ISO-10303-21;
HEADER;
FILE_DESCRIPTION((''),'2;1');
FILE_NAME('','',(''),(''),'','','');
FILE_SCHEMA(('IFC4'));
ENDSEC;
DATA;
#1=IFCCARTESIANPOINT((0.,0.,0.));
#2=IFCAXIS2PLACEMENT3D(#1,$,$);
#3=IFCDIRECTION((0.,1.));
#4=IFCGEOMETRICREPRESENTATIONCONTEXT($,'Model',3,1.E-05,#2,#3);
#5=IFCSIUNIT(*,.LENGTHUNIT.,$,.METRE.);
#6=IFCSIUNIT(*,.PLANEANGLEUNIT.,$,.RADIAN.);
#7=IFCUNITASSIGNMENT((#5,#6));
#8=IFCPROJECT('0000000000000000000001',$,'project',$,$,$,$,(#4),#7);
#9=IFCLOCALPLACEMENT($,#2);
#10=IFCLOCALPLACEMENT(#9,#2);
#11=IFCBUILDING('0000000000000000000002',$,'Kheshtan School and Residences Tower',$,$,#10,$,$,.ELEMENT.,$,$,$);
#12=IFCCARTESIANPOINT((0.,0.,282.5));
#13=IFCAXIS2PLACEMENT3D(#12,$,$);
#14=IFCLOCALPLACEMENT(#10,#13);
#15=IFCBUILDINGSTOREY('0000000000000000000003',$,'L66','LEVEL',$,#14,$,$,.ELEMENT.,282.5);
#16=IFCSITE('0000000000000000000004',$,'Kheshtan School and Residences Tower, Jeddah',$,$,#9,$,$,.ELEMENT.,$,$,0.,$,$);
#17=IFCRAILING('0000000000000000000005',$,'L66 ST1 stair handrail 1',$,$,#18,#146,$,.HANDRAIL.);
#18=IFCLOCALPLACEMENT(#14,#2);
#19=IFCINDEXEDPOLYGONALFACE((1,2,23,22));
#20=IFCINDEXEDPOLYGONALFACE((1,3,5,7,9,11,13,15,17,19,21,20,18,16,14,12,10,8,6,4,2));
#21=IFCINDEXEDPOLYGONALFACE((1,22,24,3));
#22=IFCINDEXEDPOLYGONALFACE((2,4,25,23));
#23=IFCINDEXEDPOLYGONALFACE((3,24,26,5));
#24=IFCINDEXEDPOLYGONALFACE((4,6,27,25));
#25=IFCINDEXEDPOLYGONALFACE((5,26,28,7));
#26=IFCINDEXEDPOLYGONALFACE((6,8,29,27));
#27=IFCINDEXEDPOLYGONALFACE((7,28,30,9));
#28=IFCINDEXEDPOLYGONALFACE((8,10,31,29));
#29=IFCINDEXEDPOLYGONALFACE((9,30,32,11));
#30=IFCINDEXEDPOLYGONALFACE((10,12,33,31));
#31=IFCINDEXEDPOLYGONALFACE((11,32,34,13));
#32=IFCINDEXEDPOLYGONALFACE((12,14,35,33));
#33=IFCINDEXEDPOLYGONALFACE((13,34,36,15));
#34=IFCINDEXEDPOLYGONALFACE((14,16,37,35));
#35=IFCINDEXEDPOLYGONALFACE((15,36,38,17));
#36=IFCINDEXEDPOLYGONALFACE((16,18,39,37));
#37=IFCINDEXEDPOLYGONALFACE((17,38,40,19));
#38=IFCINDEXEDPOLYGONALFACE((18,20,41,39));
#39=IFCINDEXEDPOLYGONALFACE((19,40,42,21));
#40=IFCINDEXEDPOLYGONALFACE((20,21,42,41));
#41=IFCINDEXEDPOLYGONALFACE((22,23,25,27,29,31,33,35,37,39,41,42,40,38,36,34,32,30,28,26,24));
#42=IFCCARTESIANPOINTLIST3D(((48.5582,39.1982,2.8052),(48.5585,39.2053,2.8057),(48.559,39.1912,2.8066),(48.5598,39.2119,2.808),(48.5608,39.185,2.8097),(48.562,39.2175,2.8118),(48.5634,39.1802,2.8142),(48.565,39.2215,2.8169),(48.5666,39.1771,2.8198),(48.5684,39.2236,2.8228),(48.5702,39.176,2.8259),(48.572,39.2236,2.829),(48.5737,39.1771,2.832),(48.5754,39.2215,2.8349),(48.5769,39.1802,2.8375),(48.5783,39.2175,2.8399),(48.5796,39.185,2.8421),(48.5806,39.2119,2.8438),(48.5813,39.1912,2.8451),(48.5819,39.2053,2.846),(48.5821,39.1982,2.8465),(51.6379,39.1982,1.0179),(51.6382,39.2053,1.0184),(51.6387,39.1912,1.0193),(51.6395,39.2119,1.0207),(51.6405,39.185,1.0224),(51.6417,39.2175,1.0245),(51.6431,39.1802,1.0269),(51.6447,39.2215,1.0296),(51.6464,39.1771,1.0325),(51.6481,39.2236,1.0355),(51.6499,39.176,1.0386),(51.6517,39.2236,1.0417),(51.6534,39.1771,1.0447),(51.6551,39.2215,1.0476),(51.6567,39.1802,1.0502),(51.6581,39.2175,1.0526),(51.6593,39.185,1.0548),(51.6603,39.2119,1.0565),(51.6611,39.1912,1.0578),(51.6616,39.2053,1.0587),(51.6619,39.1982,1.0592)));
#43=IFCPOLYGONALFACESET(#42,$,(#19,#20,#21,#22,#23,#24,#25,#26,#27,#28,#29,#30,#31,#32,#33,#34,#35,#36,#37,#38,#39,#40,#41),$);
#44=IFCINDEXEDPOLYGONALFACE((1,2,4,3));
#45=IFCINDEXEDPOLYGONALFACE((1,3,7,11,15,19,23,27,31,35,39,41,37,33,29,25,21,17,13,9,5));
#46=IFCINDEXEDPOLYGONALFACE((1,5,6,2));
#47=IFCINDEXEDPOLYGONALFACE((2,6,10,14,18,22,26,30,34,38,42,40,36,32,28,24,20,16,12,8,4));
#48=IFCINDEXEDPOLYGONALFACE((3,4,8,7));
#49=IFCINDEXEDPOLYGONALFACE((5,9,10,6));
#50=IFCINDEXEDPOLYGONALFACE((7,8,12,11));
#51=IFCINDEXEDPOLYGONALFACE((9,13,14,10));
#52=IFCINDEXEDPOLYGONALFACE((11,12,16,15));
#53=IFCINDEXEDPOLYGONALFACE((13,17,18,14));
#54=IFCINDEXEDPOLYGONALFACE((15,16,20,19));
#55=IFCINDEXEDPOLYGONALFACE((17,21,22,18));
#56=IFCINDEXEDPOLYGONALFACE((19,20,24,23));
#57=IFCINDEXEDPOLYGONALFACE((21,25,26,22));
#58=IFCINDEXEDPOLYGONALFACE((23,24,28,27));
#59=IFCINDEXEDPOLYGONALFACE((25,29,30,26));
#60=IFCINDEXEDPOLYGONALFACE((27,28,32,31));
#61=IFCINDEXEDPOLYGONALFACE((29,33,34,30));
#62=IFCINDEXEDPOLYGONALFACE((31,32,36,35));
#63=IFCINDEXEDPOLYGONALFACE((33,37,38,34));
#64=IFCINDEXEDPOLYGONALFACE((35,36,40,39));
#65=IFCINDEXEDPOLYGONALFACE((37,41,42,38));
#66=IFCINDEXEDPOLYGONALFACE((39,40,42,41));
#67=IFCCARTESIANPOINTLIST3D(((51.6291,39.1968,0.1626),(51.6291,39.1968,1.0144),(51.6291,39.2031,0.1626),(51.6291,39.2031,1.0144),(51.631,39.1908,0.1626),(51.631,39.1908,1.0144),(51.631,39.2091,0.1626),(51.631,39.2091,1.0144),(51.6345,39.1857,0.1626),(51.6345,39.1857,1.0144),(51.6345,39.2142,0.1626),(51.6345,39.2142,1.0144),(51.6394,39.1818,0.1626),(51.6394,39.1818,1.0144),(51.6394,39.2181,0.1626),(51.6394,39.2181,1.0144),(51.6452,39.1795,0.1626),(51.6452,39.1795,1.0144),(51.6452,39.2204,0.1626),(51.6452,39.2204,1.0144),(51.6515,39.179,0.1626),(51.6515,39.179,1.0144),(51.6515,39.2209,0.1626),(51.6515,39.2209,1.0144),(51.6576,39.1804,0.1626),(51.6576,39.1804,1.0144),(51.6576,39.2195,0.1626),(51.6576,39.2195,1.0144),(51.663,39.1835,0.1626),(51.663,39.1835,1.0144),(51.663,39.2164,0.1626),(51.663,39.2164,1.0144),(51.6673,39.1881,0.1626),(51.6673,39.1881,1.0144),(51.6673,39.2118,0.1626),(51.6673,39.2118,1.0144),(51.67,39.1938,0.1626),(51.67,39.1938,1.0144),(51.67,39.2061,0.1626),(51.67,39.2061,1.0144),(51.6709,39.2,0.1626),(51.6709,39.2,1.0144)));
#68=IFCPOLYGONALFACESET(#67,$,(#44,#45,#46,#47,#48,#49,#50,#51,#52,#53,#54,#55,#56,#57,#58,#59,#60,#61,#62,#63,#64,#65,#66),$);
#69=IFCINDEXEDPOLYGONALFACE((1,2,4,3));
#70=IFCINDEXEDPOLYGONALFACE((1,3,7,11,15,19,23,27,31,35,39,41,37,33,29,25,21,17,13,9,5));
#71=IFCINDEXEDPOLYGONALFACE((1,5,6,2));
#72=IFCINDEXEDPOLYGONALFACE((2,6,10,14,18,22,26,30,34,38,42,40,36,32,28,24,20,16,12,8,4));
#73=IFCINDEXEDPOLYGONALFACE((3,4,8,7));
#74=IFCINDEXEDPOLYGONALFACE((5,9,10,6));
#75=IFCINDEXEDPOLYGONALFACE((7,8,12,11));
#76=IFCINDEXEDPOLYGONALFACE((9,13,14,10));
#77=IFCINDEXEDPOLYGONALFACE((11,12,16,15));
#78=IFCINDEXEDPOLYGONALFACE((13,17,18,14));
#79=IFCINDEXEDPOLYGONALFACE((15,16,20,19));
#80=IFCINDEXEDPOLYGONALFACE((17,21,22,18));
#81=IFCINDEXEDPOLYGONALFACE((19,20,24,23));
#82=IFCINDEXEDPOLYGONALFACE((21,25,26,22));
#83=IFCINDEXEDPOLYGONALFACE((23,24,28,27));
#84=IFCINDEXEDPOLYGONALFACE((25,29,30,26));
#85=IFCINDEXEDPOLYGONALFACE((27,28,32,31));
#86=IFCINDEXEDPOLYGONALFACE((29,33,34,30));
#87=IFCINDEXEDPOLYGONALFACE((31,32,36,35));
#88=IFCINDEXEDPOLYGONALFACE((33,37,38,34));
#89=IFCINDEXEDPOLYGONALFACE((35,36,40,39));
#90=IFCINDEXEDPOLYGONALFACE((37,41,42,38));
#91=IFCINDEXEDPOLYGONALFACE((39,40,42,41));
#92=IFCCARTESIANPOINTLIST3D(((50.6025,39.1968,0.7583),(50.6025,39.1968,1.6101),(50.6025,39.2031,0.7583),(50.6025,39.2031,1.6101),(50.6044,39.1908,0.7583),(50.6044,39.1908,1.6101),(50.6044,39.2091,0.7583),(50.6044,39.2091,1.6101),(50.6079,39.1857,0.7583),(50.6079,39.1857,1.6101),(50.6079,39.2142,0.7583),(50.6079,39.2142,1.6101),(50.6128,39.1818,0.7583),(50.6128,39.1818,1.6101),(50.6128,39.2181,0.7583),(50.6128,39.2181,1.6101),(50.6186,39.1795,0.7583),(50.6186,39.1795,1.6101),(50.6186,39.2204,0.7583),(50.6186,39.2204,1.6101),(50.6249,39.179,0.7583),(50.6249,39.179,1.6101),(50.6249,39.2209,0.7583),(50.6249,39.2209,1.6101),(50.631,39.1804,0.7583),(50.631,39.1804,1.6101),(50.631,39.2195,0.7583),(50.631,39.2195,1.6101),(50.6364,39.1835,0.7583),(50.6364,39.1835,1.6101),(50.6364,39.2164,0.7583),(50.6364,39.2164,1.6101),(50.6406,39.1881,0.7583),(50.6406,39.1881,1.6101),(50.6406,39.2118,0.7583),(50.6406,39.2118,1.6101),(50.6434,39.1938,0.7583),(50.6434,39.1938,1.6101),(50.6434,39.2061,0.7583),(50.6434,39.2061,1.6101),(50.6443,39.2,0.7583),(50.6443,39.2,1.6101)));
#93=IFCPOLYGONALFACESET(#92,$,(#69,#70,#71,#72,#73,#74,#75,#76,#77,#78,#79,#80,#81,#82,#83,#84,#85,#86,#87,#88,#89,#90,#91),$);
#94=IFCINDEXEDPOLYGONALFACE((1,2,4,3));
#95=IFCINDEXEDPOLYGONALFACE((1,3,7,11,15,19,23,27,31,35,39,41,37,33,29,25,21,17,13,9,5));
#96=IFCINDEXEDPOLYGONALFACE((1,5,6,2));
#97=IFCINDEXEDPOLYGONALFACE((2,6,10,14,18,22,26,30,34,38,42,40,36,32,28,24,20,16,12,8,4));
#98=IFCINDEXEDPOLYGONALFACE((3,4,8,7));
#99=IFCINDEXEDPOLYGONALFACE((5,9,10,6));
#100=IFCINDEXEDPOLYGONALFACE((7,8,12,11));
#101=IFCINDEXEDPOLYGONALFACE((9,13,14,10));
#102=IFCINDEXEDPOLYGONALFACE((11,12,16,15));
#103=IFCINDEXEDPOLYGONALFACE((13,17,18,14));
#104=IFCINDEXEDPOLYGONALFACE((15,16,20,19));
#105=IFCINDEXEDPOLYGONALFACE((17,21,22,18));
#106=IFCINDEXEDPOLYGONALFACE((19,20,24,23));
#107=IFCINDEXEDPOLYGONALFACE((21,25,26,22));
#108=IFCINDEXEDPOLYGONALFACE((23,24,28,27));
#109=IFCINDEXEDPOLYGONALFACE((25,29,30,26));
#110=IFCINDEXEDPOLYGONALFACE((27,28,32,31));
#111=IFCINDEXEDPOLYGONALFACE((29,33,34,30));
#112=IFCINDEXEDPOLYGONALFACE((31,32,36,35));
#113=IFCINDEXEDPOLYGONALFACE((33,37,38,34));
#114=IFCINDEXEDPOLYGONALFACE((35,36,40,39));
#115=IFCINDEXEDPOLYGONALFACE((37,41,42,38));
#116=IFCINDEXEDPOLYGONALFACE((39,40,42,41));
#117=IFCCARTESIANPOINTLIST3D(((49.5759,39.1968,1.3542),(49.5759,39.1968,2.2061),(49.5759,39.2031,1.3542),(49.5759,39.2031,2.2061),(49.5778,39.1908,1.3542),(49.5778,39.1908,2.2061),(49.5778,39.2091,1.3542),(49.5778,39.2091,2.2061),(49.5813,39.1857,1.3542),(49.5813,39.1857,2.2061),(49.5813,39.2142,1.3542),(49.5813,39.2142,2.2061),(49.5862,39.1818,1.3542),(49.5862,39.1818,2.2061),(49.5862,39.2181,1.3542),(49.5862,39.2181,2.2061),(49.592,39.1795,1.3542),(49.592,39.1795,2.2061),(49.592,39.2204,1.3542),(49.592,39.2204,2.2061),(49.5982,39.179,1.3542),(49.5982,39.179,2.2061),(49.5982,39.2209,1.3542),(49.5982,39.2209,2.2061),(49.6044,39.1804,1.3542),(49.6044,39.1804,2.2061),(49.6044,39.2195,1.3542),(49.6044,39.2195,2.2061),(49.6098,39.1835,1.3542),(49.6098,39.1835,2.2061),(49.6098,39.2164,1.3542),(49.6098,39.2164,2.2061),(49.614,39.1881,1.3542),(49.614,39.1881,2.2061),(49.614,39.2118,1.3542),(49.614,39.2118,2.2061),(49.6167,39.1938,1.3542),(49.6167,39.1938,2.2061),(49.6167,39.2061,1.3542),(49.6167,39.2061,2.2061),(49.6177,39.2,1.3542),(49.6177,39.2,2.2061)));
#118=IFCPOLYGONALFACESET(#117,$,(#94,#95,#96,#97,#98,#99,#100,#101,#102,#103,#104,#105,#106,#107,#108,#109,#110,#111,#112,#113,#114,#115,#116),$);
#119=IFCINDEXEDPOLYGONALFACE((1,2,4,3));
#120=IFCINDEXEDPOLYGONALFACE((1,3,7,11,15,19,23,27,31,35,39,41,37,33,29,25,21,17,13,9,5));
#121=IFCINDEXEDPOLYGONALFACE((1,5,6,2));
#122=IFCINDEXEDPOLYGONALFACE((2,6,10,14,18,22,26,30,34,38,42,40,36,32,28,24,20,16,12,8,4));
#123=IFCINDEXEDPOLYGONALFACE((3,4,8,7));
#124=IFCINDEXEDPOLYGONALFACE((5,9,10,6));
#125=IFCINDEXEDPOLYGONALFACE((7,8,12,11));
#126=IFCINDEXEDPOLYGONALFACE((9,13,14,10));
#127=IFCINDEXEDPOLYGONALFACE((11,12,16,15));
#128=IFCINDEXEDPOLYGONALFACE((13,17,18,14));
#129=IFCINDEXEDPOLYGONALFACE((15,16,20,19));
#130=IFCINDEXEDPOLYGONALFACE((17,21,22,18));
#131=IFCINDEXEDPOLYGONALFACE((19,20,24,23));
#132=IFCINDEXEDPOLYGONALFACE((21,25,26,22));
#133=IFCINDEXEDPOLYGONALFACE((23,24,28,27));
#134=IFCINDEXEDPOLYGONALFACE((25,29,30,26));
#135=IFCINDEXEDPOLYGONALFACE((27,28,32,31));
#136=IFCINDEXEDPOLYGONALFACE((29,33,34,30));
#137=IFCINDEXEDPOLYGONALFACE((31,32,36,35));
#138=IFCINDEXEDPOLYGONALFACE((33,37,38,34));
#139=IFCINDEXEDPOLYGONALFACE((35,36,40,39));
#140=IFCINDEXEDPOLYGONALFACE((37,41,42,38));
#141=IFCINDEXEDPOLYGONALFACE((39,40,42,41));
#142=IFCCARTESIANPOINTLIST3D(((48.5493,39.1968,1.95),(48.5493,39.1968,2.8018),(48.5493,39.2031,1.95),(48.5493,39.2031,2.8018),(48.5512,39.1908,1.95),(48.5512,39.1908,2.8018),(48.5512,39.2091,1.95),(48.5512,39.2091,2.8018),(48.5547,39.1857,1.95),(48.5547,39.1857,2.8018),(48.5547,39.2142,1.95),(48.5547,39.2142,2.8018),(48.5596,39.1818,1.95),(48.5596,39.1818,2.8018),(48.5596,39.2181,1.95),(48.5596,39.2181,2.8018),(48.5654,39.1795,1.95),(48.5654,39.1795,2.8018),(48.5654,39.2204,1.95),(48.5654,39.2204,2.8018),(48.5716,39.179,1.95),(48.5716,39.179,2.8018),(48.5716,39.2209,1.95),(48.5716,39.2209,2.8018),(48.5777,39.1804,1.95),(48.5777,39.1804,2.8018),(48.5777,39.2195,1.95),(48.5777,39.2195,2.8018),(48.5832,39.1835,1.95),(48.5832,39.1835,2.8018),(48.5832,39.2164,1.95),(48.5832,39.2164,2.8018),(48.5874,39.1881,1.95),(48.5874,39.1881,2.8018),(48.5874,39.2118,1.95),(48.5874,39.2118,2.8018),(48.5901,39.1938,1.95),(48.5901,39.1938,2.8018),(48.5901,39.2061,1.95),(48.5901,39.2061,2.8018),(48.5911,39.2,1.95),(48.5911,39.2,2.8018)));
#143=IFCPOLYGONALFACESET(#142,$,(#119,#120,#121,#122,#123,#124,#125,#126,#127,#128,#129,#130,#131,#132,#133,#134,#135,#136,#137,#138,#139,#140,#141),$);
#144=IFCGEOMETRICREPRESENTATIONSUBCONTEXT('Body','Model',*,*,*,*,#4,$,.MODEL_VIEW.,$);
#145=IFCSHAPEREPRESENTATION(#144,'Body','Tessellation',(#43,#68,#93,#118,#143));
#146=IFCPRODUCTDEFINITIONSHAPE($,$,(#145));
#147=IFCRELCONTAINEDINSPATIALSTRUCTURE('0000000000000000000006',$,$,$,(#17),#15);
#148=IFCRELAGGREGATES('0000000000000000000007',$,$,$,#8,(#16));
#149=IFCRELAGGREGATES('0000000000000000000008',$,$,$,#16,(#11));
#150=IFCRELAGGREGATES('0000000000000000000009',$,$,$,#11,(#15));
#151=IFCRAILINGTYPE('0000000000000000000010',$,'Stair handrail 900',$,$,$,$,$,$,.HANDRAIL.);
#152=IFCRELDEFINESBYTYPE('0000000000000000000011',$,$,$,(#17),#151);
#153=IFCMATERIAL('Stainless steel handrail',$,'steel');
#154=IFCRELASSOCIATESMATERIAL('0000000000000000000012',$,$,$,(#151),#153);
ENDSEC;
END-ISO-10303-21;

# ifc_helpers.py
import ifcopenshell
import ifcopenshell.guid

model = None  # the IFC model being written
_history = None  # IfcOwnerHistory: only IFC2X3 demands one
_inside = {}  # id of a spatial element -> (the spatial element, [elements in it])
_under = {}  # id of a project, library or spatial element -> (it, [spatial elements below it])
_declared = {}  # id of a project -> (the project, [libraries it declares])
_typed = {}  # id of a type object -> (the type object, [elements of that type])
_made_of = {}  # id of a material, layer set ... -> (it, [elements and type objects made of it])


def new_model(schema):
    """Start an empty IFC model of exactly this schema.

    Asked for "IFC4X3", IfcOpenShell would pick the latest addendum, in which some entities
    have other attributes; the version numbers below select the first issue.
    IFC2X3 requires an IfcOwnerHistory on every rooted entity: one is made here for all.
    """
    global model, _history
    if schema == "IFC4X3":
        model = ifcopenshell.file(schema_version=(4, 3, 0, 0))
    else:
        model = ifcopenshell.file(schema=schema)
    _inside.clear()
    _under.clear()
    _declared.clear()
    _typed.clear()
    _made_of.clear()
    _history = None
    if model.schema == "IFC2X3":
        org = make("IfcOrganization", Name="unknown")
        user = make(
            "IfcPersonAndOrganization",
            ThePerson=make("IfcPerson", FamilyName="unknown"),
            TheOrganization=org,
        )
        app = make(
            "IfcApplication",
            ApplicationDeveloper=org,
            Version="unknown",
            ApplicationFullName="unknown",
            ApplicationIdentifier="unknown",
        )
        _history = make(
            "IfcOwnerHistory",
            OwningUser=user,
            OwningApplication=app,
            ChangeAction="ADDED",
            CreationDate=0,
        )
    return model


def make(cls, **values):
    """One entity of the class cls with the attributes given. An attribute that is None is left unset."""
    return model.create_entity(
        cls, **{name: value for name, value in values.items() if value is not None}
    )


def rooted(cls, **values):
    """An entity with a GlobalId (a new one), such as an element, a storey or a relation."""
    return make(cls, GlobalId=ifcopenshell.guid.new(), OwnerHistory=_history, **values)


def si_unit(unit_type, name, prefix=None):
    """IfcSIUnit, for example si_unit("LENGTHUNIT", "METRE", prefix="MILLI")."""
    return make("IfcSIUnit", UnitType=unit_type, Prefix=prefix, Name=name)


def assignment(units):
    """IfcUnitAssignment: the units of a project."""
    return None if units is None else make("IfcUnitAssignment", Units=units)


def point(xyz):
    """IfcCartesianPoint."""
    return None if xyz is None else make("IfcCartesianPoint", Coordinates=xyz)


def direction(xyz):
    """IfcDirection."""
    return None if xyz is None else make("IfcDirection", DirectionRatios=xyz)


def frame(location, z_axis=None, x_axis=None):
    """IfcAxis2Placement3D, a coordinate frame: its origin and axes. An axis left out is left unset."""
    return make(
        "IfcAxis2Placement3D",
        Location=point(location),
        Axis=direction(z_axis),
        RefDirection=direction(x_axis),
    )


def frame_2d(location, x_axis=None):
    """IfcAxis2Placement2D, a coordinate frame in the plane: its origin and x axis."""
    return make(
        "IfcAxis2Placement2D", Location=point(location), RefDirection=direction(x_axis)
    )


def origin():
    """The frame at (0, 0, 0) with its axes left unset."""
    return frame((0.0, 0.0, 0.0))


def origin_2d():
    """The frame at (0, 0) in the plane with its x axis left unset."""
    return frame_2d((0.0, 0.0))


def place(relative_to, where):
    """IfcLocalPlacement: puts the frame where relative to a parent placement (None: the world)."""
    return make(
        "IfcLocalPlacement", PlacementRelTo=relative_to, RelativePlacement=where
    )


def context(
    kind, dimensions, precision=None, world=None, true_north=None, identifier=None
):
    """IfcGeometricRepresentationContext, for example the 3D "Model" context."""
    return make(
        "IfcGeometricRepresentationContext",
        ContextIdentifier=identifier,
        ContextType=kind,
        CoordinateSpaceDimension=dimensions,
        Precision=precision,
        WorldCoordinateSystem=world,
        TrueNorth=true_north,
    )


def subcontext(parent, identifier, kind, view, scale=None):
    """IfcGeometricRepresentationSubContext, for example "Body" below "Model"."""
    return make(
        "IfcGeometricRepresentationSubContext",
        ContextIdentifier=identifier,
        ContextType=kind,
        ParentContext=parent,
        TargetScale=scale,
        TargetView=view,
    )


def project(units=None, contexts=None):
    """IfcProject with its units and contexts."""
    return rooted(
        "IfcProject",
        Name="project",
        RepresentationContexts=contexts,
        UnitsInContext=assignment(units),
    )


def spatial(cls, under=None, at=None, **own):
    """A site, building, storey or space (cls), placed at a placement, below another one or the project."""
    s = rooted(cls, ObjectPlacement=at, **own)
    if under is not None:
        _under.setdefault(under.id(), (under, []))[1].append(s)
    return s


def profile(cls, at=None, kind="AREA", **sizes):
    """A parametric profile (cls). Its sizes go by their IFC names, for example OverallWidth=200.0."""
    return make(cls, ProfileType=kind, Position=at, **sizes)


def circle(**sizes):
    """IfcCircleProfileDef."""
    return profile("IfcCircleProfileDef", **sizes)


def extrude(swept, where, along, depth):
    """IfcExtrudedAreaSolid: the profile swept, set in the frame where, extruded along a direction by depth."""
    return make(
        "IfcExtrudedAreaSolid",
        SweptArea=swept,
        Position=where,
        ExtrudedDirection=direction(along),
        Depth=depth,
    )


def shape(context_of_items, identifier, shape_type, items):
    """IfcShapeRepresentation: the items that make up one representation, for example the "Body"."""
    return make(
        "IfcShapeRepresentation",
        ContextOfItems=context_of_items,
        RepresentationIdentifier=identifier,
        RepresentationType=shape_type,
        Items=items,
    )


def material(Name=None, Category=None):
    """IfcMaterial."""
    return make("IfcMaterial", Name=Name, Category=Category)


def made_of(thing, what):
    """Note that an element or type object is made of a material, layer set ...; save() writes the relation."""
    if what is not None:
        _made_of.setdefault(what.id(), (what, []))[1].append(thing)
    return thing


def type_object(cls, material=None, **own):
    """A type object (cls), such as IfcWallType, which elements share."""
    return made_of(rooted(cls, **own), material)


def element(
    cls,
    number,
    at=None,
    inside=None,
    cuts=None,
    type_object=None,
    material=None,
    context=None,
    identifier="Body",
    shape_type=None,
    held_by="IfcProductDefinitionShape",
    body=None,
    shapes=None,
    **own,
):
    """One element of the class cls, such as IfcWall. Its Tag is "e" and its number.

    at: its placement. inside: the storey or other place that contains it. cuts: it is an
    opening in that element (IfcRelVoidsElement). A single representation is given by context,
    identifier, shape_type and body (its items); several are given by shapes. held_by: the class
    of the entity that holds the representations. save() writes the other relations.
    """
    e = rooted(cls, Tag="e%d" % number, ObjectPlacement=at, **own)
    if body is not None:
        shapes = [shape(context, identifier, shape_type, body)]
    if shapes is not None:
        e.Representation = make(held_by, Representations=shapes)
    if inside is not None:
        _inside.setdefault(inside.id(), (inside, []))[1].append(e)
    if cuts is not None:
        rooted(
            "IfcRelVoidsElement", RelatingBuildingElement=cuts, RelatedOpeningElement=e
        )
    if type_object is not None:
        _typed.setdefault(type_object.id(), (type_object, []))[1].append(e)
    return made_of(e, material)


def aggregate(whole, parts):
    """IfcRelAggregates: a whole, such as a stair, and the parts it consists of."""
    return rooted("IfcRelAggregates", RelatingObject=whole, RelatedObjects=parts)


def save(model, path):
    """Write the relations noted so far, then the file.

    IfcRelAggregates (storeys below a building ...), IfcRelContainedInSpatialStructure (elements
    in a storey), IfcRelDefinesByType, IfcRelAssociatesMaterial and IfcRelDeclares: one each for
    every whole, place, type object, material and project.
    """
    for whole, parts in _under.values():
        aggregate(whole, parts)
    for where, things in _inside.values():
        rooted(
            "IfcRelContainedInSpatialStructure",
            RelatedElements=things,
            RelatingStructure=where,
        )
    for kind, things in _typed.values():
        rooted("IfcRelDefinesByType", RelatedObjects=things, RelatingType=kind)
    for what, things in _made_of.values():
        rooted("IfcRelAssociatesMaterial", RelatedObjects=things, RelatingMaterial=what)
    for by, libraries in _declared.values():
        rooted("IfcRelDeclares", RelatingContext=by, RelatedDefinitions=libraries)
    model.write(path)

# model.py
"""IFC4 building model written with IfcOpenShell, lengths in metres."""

from ifc_helpers import new_model, si_unit, direction, frame, origin, origin_2d, place, context, subcontext, project, spatial, circle, extrude, material, type_object, element, save


model = new_model("IFC4")

# Units and contexts
model_context = context("Model", 3, precision=1e-05, world=origin(), true_north=direction((0.0, 1.0)))
body_context = subcontext(model_context, "Body", "Model", "MODEL_VIEW")
ifc_project = project(units=[si_unit("LENGTHUNIT", "METRE"), si_unit("PLANEANGLEUNIT", "RADIAN")], contexts=[model_context])

# Site, building, storey
site_placement = place(None, origin())
site = spatial("IfcSite", under=ifc_project, at=site_placement, Name="Kheshtan School and Residences Tower, Jeddah", CompositionType="ELEMENT", RefElevation=0.0)
building_placement = place(site_placement, origin())
building = spatial("IfcBuilding", under=site, at=building_placement, Name="Kheshtan School and Residences Tower", CompositionType="ELEMENT")
storey_placement = place(building_placement, frame((0.0, 0.0, 282.5)))
storey = spatial("IfcBuildingStorey", under=building, at=storey_placement, Name="L66", Description="LEVEL", CompositionType="ELEMENT", Elevation=282.5)

# Railing
ifc_material_1 = material(Name="Stainless steel handrail", Category="steel")
railing_type_1 = type_object("IfcRailingType", Name="Stair handrail 900", PredefinedType="HANDRAIL", material=ifc_material_1)
railing_1_placement = place(storey_placement, frame((51.6499, 39.2, 0.1626)))
element("IfcRailing", 1, at=railing_1_placement, inside=storey, type_object=railing_type_1, Name="L66 ST1 stair handrail 1", PredefinedType="HANDRAIL", context=body_context, shape_type="SweptSolid", body=[
    extrude(circle(Radius=0.0239, at=origin_2d()), frame((0.0, 0.0, 0.876), z_axis=(-0.864903, 0.0, 0.501939), x_axis=(0.0, -1.0, 0.0)), (0.0, 0.0, 1.0), 3.5608),
    extrude(circle(Radius=0.021, at=origin_2d()), origin(), (0.0, 0.0, 1.0), 0.8518),
    extrude(circle(Radius=0.021, at=origin_2d()), frame((-1.0266, 0.0, 0.5957)), (0.0, 0.0, 1.0), 0.8518),
    extrude(circle(Radius=0.021, at=origin_2d()), frame((-2.0532, 0.0, 1.1917)), (0.0, 0.0, 1.0), 0.8518),
    extrude(circle(Radius=0.021, at=origin_2d()), frame((-3.0798, 0.0, 1.7874)), (0.0, 0.0, 1.0), 0.8518),
])

save(model, "model.ifc")
